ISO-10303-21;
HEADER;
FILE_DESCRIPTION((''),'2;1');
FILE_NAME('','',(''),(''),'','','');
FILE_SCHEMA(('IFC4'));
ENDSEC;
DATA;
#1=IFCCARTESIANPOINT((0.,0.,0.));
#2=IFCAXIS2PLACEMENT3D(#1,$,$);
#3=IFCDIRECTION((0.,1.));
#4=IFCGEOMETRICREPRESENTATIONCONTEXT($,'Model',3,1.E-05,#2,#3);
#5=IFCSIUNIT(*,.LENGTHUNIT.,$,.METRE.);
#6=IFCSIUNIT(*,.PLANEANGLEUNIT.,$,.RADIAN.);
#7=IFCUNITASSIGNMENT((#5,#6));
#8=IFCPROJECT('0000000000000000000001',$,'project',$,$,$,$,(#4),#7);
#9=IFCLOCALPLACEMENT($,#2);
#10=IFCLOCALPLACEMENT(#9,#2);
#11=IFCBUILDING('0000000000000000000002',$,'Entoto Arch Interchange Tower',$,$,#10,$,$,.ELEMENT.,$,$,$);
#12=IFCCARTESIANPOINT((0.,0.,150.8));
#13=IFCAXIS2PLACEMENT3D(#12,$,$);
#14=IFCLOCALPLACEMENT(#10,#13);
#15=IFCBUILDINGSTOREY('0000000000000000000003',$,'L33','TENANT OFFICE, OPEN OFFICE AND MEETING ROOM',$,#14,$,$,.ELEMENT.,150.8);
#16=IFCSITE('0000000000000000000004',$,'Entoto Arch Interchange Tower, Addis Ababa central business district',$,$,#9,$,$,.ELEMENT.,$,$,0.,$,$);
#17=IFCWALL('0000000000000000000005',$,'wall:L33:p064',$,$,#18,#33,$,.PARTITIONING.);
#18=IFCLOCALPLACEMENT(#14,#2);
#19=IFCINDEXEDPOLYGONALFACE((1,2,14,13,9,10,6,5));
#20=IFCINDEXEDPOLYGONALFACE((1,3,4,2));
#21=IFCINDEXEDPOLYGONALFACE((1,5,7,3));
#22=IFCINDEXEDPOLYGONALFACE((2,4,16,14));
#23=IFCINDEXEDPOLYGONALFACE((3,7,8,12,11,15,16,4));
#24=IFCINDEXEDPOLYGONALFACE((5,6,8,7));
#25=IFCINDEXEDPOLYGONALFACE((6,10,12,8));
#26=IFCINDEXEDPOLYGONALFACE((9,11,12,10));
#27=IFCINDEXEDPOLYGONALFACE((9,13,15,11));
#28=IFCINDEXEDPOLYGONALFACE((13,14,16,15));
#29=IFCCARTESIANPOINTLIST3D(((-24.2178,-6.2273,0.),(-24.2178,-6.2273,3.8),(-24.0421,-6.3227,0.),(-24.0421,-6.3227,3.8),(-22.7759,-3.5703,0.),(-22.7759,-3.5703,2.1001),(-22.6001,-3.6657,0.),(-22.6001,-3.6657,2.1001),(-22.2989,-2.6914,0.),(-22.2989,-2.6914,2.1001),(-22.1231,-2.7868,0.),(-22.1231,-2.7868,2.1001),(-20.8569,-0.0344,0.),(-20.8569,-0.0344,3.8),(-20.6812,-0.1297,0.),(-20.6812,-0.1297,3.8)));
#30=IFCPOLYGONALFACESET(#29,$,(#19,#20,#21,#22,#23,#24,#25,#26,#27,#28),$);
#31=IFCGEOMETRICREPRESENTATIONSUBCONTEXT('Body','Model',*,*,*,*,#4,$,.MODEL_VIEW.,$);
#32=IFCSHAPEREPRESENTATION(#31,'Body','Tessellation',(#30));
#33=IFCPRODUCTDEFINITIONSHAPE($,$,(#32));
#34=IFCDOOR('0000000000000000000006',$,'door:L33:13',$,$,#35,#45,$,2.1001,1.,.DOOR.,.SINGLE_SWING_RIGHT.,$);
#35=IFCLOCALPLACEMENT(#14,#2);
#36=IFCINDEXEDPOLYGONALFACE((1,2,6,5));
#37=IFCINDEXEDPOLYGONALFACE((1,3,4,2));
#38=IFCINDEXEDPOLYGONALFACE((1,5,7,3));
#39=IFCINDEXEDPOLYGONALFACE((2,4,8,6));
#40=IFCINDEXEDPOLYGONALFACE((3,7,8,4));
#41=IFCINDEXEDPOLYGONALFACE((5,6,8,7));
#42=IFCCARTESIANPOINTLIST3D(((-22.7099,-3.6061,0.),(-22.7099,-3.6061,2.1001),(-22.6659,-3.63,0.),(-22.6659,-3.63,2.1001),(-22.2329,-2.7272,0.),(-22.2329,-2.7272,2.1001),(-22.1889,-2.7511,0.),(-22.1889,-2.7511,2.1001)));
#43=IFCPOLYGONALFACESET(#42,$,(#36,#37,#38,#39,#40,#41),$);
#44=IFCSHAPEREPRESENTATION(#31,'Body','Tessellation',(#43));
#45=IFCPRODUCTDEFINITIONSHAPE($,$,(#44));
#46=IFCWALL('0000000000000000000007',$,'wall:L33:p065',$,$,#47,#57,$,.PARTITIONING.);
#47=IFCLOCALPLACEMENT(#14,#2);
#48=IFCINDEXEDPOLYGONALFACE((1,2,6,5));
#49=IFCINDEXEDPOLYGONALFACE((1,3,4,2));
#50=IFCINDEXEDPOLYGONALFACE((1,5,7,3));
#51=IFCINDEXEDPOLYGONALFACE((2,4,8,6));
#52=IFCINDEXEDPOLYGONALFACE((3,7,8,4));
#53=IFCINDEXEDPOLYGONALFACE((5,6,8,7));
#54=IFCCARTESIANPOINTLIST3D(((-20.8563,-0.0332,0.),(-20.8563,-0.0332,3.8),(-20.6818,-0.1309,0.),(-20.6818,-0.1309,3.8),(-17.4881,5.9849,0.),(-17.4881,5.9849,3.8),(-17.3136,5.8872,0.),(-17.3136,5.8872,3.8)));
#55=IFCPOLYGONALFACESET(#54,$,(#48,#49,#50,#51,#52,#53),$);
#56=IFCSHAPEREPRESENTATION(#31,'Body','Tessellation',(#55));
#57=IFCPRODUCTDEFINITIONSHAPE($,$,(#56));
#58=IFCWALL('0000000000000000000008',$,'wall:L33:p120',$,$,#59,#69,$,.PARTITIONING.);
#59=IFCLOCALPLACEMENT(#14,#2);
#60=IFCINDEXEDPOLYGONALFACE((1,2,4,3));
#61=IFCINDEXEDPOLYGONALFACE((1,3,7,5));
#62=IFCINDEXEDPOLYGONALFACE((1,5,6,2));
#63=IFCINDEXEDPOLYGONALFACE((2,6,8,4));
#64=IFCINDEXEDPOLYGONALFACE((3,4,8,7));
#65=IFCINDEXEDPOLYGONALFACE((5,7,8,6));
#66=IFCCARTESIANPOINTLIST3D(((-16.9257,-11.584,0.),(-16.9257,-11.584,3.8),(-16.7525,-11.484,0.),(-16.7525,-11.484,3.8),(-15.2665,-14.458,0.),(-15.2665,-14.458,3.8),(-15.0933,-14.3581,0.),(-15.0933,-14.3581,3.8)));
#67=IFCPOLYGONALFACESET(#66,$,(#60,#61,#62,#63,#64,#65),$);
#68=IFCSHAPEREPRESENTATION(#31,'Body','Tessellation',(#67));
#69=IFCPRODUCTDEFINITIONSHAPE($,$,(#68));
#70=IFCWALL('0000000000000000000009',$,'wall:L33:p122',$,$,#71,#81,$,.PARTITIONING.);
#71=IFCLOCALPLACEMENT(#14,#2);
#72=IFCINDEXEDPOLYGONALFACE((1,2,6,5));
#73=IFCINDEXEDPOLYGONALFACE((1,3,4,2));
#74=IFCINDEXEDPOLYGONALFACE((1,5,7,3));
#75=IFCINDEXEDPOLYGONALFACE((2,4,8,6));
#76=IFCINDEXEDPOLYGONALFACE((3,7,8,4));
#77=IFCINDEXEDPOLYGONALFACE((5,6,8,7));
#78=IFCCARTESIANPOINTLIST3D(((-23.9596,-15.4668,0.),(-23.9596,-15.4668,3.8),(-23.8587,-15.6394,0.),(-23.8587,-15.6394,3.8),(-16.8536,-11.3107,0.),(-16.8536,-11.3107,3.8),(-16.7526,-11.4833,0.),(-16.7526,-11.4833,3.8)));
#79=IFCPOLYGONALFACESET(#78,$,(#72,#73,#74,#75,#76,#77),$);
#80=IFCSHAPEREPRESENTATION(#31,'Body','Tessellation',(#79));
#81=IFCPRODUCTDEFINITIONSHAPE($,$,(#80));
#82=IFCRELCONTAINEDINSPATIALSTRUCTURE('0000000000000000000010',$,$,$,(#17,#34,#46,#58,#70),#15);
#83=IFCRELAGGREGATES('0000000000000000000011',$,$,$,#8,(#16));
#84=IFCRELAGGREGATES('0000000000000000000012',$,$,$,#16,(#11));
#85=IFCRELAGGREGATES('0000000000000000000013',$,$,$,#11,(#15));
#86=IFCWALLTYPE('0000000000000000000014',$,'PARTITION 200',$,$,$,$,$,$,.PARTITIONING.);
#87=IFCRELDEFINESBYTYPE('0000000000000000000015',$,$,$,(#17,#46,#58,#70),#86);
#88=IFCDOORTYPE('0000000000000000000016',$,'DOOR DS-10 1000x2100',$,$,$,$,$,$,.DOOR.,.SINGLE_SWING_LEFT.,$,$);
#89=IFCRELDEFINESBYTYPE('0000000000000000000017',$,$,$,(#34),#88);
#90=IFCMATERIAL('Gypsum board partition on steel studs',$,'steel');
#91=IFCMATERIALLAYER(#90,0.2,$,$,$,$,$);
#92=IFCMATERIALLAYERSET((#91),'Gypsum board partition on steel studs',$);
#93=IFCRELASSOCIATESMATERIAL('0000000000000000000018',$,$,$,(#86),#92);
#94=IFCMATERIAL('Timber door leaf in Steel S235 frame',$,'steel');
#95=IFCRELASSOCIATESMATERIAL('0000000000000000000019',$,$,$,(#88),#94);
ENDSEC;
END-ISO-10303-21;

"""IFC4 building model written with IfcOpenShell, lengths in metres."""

from ifc_helpers import new_model, si_unit, direction, frame, frame_2d, origin, place, context, subcontext, project, spatial, rectangle, extrude, material, layer, layer_set, type_object, element, fill, save


model = new_model("IFC4")

# Units and contexts
model_context = context("Model", 3, precision=1e-05, world=origin(), true_north=direction((0.0, 1.0)))
body_context = subcontext(model_context, "Body", "Model", "MODEL_VIEW")
ifc_project = project(units=[si_unit("LENGTHUNIT", "METRE"), si_unit("PLANEANGLEUNIT", "RADIAN")], contexts=[model_context])

# Site, building, storey
site_placement = place(None, origin())
site = spatial("IfcSite", under=ifc_project, at=site_placement, Name="Entoto Arch Interchange Tower, Addis Ababa central business district", CompositionType="ELEMENT", RefElevation=0.0)
building_placement = place(site_placement, origin())
building = spatial("IfcBuilding", under=site, at=building_placement, Name="Entoto Arch Interchange Tower", CompositionType="ELEMENT")
storey_placement = place(building_placement, frame((0.0, 0.0, 150.8)))
storey = spatial("IfcBuildingStorey", under=building, at=storey_placement, Name="L33", Description="TENANT OFFICE, OPEN OFFICE AND MEETING ROOM", CompositionType="ELEMENT", Elevation=150.8)

# Shared definitions
ifc_material_1 = material(Name="Gypsum board partition on steel studs", Category="steel")
ifc_layer_1 = layer(ifc_material_1, 0.2)
ifc_layer_set_1 = layer_set([ifc_layer_1], Name="Gypsum board partition on steel studs")
wall_type_1 = type_object("IfcWallType", Name="PARTITION 200", PredefinedType="PARTITIONING", material=ifc_layer_set_1)

# Shared definitions
ifc_material_2 = material(Name="Timber door leaf in Steel S235 frame", Category="steel")
door_type = type_object("IfcDoorType", Name="DOOR DS-10 1000x2100", OperationType="SINGLE_SWING_LEFT", PredefinedType="DOOR", material=ifc_material_2)

# Wall, opening, door
wall_1_placement = place(storey_placement, frame((-24.1299, -6.2749, 0.0), z_axis=(0.0, 0.0, 1.0), x_axis=(0.476982, 0.878913, 0.0)))
wall_1 = element("IfcWall", 1, at=wall_1_placement, inside=storey, type_object=wall_type_1, Name="wall:L33:p064", PredefinedType="PARTITIONING", context=body_context, shape_type="SweptSolid", body=[
    extrude(rectangle(XDim=7.0461, YDim=0.2, at=frame_2d((3.5229, 0.0))), origin(), (0.0, 0.0, 1.0), 3.8),
])
opening_1_placement = place(wall_1_placement, frame((3.0229, 0.0, 0.0)))
opening_1 = element("IfcOpeningElement", 2, at=opening_1_placement, cuts=wall_1, PredefinedType="OPENING", context=body_context, shape_type="SweptSolid", body=[
    extrude(rectangle(XDim=1.0, YDim=2.1001, at=frame_2d((0.5, 1.05))), frame((0.0, 0.1099, 0.0), z_axis=(0.0, -1.0, 0.0), x_axis=(1.0, 0.0, 0.0)), (0.0, 0.0, 1.0), 0.22),
])
door_1_placement = place(opening_1_placement, origin())
door_1 = element("IfcDoor", 3, at=door_1_placement, inside=storey, type_object=door_type, Name="door:L33:13", OperationType="SINGLE_SWING_RIGHT", OverallHeight=2.1001, OverallWidth=1.0, PredefinedType="DOOR", context=body_context, shape_type="SweptSolid", body=[
    extrude(rectangle(XDim=1.0, YDim=2.1001, at=frame_2d((0.5, 1.05))), frame((0.0, 0.0249, 0.0), z_axis=(0.0, -1.0, 0.0), x_axis=(1.0, 0.0, 0.0)), (0.0, 0.0, 1.0), 0.05),
])
fill(opening_1, door_1)

# Walls
wall_2_placement = place(storey_placement, frame((-20.769, -0.082, 0.0), z_axis=(0.0, 0.0, 1.0), x_axis=(0.488388, 0.872627, 0.0)))
element("IfcWall", 4, at=wall_2_placement, inside=storey, type_object=wall_type_1, Name="wall:L33:p065", PredefinedType="PARTITIONING", context=body_context, shape_type="SweptSolid", body=[
    extrude(rectangle(XDim=6.8965, YDim=0.2, at=frame_2d((3.4482, 0.0))), origin(), (0.0, 0.0, 1.0), 3.8),
])
wall_3_placement = place(storey_placement, frame((-15.1799, -14.408, 0.0), z_axis=(0.0, 0.0, 1.0), x_axis=(-0.499969, 0.866043, 0.0)))
element("IfcWall", 5, at=wall_3_placement, inside=storey, type_object=wall_type_1, Name="wall:L33:p120", PredefinedType="PARTITIONING", context=body_context, shape_type="SweptSolid", body=[
    extrude(rectangle(XDim=3.3186, YDim=0.2, at=frame_2d((1.6592, 0.0))), origin(), (0.0, 0.0, 1.0), 3.8),
])
wall_4_placement = place(storey_placement, frame((-16.803, -11.397, 0.0), z_axis=(0.0, 0.0, 1.0), x_axis=(-0.863204, -0.504855, 0.0)))
element("IfcWall", 6, at=wall_4_placement, inside=storey, type_object=wall_type_1, Name="wall:L33:p122", PredefinedType="PARTITIONING", context=body_context, shape_type="SweptSolid", body=[
    extrude(rectangle(XDim=8.2322, YDim=0.2, at=frame_2d((4.1162, 0.0))), origin(), (0.0, 0.0, 1.0), 3.8),
])

save(model, "model.ifc")
